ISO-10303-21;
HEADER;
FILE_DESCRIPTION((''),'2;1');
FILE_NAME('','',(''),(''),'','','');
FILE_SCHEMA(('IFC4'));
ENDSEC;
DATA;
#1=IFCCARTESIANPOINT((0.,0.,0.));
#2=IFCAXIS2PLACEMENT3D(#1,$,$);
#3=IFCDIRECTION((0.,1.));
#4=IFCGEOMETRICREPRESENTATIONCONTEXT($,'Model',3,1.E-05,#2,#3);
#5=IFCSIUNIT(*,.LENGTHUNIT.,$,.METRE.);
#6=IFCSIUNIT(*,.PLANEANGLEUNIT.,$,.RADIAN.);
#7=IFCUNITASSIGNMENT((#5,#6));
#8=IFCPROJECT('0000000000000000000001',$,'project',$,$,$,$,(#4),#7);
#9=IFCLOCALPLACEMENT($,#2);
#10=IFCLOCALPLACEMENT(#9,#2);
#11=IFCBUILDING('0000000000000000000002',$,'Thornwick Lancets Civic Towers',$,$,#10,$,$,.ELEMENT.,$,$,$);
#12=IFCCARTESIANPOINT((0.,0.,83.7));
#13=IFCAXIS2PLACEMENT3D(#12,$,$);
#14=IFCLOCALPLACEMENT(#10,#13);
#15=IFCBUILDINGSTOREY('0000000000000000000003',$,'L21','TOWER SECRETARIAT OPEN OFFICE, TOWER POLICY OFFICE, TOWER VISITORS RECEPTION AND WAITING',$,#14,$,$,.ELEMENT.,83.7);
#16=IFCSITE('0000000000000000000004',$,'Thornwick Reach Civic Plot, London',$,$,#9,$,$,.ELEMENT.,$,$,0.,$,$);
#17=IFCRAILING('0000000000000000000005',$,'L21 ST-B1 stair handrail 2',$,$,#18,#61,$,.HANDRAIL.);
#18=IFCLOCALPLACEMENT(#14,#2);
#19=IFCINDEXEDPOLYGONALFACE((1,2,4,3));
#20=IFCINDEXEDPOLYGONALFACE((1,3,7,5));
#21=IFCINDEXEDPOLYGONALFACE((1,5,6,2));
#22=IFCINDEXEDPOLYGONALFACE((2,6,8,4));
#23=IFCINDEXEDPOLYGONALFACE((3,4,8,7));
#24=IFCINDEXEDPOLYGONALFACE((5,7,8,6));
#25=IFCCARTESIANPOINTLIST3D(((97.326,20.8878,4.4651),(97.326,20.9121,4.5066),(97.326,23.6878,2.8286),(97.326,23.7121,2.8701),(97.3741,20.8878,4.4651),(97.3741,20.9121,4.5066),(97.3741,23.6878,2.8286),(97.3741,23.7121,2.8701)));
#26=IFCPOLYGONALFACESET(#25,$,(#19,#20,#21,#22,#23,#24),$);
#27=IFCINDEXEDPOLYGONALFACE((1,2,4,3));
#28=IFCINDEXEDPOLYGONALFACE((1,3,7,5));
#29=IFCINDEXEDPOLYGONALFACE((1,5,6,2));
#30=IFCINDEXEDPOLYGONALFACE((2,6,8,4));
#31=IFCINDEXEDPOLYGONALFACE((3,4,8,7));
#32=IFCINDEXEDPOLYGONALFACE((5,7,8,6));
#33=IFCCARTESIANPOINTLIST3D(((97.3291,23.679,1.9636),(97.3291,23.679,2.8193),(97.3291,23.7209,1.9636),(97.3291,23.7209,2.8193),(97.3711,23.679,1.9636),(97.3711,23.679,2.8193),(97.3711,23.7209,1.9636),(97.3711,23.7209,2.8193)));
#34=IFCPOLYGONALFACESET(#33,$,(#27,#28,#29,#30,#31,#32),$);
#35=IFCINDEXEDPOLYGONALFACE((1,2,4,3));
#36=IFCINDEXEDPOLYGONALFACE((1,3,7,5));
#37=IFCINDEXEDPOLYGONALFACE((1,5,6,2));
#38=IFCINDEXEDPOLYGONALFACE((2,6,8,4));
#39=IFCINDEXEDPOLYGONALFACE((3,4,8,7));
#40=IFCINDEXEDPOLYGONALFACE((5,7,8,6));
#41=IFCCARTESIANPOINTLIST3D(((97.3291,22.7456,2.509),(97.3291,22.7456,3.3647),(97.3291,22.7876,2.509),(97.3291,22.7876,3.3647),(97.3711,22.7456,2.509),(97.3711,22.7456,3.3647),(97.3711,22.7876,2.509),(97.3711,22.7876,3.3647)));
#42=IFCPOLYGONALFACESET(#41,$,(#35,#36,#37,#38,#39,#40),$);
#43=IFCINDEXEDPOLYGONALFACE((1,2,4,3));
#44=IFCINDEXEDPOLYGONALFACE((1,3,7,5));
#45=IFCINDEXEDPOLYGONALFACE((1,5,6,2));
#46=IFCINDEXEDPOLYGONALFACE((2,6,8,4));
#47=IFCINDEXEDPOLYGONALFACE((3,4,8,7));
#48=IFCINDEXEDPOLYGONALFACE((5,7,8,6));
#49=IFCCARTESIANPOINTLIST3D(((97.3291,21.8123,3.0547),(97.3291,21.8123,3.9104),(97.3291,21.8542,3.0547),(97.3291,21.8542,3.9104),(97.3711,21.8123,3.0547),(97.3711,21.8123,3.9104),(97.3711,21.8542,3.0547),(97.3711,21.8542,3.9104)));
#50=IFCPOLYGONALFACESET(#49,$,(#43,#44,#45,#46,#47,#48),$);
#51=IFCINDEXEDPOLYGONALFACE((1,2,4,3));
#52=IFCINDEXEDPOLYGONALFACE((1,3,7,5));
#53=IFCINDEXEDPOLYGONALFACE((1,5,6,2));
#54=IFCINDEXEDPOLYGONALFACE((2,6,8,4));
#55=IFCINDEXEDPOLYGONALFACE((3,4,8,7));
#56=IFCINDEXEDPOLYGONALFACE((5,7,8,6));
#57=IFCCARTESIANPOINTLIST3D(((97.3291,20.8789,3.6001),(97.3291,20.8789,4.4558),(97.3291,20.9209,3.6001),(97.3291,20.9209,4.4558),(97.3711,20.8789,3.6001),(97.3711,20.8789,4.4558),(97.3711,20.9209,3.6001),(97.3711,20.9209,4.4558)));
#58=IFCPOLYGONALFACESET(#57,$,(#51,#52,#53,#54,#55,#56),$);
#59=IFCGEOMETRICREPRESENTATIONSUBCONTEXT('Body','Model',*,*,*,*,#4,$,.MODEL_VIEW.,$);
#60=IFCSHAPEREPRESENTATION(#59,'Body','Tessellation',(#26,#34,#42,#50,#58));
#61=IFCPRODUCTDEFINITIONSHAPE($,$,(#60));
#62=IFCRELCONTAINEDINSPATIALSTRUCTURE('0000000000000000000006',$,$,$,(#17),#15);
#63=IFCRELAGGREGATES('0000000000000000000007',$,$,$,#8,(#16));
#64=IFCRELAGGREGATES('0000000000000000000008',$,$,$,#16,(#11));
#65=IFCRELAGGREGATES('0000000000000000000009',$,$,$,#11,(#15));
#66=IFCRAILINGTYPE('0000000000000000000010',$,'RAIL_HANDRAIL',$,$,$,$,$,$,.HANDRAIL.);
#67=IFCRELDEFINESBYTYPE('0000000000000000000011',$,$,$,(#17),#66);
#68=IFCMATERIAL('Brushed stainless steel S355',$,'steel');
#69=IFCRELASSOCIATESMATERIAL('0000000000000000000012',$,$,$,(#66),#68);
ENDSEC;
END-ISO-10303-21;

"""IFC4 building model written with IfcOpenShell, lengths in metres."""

from ifc_helpers import new_model, si_unit, direction, frame, origin, origin_2d, place, context, subcontext, project, spatial, rectangle, extrude, material, type_object, element, save


model = new_model("IFC4")

# Units and contexts
model_context = context("Model", 3, precision=1e-05, world=origin(), true_north=direction((0.0, 1.0)))
body_context = subcontext(model_context, "Body", "Model", "MODEL_VIEW")
ifc_project = project(units=[si_unit("LENGTHUNIT", "METRE"), si_unit("PLANEANGLEUNIT", "RADIAN")], contexts=[model_context])

# Site, building, storey
site_placement = place(None, origin())
site = spatial("IfcSite", under=ifc_project, at=site_placement, Name="Thornwick Reach Civic Plot, London", CompositionType="ELEMENT", RefElevation=0.0)
building_placement = place(site_placement, origin())
building = spatial("IfcBuilding", under=site, at=building_placement, Name="Thornwick Lancets Civic Towers", CompositionType="ELEMENT")
storey_placement = place(building_placement, frame((0.0, 0.0, 83.7)))
storey = spatial("IfcBuildingStorey", under=building, at=storey_placement, Name="L21", Description="TOWER SECRETARIAT OPEN OFFICE, TOWER POLICY OFFICE, TOWER VISITORS RECEPTION AND WAITING", CompositionType="ELEMENT", Elevation=83.7)

# Railing
ifc_material_1 = material(Name="Brushed stainless steel S355", Category="steel")
railing_type_1 = type_object("IfcRailingType", Name="RAIL_HANDRAIL", PredefinedType="HANDRAIL", material=ifc_material_1)
railing_1_placement = place(storey_placement, frame((97.3501, 23.7, 1.9636)))
element("IfcRailing", 1, at=railing_1_placement, inside=storey, type_object=railing_type_1, Name="L21 ST-B1 stair handrail 2", PredefinedType="HANDRAIL", context=body_context, shape_type="SweptSolid", body=[
    extrude(rectangle(XDim=0.0481, YDim=0.0481, at=origin_2d()), frame((0.0, 0.0, 0.8857), z_axis=(0.0, -0.863361, 0.504587), x_axis=(1.0, 0.0, 0.0)), (0.0, 0.0, 1.0), 3.2432),
    extrude(rectangle(XDim=0.042, YDim=0.042, at=origin_2d()), origin(), (0.0, 0.0, 1.0), 0.8557),
    extrude(rectangle(XDim=0.042, YDim=0.042, at=origin_2d()), frame((0.0, -0.9333, 0.5454)), (0.0, 0.0, 1.0), 0.8557),
    extrude(rectangle(XDim=0.042, YDim=0.042, at=origin_2d()), frame((0.0, -1.8667, 1.0911)), (0.0, 0.0, 1.0), 0.8557),
    extrude(rectangle(XDim=0.042, YDim=0.042, at=origin_2d()), frame((0.0, -2.8, 1.6365)), (0.0, 0.0, 1.0), 0.8557),
])

save(model, "model.ifc")
